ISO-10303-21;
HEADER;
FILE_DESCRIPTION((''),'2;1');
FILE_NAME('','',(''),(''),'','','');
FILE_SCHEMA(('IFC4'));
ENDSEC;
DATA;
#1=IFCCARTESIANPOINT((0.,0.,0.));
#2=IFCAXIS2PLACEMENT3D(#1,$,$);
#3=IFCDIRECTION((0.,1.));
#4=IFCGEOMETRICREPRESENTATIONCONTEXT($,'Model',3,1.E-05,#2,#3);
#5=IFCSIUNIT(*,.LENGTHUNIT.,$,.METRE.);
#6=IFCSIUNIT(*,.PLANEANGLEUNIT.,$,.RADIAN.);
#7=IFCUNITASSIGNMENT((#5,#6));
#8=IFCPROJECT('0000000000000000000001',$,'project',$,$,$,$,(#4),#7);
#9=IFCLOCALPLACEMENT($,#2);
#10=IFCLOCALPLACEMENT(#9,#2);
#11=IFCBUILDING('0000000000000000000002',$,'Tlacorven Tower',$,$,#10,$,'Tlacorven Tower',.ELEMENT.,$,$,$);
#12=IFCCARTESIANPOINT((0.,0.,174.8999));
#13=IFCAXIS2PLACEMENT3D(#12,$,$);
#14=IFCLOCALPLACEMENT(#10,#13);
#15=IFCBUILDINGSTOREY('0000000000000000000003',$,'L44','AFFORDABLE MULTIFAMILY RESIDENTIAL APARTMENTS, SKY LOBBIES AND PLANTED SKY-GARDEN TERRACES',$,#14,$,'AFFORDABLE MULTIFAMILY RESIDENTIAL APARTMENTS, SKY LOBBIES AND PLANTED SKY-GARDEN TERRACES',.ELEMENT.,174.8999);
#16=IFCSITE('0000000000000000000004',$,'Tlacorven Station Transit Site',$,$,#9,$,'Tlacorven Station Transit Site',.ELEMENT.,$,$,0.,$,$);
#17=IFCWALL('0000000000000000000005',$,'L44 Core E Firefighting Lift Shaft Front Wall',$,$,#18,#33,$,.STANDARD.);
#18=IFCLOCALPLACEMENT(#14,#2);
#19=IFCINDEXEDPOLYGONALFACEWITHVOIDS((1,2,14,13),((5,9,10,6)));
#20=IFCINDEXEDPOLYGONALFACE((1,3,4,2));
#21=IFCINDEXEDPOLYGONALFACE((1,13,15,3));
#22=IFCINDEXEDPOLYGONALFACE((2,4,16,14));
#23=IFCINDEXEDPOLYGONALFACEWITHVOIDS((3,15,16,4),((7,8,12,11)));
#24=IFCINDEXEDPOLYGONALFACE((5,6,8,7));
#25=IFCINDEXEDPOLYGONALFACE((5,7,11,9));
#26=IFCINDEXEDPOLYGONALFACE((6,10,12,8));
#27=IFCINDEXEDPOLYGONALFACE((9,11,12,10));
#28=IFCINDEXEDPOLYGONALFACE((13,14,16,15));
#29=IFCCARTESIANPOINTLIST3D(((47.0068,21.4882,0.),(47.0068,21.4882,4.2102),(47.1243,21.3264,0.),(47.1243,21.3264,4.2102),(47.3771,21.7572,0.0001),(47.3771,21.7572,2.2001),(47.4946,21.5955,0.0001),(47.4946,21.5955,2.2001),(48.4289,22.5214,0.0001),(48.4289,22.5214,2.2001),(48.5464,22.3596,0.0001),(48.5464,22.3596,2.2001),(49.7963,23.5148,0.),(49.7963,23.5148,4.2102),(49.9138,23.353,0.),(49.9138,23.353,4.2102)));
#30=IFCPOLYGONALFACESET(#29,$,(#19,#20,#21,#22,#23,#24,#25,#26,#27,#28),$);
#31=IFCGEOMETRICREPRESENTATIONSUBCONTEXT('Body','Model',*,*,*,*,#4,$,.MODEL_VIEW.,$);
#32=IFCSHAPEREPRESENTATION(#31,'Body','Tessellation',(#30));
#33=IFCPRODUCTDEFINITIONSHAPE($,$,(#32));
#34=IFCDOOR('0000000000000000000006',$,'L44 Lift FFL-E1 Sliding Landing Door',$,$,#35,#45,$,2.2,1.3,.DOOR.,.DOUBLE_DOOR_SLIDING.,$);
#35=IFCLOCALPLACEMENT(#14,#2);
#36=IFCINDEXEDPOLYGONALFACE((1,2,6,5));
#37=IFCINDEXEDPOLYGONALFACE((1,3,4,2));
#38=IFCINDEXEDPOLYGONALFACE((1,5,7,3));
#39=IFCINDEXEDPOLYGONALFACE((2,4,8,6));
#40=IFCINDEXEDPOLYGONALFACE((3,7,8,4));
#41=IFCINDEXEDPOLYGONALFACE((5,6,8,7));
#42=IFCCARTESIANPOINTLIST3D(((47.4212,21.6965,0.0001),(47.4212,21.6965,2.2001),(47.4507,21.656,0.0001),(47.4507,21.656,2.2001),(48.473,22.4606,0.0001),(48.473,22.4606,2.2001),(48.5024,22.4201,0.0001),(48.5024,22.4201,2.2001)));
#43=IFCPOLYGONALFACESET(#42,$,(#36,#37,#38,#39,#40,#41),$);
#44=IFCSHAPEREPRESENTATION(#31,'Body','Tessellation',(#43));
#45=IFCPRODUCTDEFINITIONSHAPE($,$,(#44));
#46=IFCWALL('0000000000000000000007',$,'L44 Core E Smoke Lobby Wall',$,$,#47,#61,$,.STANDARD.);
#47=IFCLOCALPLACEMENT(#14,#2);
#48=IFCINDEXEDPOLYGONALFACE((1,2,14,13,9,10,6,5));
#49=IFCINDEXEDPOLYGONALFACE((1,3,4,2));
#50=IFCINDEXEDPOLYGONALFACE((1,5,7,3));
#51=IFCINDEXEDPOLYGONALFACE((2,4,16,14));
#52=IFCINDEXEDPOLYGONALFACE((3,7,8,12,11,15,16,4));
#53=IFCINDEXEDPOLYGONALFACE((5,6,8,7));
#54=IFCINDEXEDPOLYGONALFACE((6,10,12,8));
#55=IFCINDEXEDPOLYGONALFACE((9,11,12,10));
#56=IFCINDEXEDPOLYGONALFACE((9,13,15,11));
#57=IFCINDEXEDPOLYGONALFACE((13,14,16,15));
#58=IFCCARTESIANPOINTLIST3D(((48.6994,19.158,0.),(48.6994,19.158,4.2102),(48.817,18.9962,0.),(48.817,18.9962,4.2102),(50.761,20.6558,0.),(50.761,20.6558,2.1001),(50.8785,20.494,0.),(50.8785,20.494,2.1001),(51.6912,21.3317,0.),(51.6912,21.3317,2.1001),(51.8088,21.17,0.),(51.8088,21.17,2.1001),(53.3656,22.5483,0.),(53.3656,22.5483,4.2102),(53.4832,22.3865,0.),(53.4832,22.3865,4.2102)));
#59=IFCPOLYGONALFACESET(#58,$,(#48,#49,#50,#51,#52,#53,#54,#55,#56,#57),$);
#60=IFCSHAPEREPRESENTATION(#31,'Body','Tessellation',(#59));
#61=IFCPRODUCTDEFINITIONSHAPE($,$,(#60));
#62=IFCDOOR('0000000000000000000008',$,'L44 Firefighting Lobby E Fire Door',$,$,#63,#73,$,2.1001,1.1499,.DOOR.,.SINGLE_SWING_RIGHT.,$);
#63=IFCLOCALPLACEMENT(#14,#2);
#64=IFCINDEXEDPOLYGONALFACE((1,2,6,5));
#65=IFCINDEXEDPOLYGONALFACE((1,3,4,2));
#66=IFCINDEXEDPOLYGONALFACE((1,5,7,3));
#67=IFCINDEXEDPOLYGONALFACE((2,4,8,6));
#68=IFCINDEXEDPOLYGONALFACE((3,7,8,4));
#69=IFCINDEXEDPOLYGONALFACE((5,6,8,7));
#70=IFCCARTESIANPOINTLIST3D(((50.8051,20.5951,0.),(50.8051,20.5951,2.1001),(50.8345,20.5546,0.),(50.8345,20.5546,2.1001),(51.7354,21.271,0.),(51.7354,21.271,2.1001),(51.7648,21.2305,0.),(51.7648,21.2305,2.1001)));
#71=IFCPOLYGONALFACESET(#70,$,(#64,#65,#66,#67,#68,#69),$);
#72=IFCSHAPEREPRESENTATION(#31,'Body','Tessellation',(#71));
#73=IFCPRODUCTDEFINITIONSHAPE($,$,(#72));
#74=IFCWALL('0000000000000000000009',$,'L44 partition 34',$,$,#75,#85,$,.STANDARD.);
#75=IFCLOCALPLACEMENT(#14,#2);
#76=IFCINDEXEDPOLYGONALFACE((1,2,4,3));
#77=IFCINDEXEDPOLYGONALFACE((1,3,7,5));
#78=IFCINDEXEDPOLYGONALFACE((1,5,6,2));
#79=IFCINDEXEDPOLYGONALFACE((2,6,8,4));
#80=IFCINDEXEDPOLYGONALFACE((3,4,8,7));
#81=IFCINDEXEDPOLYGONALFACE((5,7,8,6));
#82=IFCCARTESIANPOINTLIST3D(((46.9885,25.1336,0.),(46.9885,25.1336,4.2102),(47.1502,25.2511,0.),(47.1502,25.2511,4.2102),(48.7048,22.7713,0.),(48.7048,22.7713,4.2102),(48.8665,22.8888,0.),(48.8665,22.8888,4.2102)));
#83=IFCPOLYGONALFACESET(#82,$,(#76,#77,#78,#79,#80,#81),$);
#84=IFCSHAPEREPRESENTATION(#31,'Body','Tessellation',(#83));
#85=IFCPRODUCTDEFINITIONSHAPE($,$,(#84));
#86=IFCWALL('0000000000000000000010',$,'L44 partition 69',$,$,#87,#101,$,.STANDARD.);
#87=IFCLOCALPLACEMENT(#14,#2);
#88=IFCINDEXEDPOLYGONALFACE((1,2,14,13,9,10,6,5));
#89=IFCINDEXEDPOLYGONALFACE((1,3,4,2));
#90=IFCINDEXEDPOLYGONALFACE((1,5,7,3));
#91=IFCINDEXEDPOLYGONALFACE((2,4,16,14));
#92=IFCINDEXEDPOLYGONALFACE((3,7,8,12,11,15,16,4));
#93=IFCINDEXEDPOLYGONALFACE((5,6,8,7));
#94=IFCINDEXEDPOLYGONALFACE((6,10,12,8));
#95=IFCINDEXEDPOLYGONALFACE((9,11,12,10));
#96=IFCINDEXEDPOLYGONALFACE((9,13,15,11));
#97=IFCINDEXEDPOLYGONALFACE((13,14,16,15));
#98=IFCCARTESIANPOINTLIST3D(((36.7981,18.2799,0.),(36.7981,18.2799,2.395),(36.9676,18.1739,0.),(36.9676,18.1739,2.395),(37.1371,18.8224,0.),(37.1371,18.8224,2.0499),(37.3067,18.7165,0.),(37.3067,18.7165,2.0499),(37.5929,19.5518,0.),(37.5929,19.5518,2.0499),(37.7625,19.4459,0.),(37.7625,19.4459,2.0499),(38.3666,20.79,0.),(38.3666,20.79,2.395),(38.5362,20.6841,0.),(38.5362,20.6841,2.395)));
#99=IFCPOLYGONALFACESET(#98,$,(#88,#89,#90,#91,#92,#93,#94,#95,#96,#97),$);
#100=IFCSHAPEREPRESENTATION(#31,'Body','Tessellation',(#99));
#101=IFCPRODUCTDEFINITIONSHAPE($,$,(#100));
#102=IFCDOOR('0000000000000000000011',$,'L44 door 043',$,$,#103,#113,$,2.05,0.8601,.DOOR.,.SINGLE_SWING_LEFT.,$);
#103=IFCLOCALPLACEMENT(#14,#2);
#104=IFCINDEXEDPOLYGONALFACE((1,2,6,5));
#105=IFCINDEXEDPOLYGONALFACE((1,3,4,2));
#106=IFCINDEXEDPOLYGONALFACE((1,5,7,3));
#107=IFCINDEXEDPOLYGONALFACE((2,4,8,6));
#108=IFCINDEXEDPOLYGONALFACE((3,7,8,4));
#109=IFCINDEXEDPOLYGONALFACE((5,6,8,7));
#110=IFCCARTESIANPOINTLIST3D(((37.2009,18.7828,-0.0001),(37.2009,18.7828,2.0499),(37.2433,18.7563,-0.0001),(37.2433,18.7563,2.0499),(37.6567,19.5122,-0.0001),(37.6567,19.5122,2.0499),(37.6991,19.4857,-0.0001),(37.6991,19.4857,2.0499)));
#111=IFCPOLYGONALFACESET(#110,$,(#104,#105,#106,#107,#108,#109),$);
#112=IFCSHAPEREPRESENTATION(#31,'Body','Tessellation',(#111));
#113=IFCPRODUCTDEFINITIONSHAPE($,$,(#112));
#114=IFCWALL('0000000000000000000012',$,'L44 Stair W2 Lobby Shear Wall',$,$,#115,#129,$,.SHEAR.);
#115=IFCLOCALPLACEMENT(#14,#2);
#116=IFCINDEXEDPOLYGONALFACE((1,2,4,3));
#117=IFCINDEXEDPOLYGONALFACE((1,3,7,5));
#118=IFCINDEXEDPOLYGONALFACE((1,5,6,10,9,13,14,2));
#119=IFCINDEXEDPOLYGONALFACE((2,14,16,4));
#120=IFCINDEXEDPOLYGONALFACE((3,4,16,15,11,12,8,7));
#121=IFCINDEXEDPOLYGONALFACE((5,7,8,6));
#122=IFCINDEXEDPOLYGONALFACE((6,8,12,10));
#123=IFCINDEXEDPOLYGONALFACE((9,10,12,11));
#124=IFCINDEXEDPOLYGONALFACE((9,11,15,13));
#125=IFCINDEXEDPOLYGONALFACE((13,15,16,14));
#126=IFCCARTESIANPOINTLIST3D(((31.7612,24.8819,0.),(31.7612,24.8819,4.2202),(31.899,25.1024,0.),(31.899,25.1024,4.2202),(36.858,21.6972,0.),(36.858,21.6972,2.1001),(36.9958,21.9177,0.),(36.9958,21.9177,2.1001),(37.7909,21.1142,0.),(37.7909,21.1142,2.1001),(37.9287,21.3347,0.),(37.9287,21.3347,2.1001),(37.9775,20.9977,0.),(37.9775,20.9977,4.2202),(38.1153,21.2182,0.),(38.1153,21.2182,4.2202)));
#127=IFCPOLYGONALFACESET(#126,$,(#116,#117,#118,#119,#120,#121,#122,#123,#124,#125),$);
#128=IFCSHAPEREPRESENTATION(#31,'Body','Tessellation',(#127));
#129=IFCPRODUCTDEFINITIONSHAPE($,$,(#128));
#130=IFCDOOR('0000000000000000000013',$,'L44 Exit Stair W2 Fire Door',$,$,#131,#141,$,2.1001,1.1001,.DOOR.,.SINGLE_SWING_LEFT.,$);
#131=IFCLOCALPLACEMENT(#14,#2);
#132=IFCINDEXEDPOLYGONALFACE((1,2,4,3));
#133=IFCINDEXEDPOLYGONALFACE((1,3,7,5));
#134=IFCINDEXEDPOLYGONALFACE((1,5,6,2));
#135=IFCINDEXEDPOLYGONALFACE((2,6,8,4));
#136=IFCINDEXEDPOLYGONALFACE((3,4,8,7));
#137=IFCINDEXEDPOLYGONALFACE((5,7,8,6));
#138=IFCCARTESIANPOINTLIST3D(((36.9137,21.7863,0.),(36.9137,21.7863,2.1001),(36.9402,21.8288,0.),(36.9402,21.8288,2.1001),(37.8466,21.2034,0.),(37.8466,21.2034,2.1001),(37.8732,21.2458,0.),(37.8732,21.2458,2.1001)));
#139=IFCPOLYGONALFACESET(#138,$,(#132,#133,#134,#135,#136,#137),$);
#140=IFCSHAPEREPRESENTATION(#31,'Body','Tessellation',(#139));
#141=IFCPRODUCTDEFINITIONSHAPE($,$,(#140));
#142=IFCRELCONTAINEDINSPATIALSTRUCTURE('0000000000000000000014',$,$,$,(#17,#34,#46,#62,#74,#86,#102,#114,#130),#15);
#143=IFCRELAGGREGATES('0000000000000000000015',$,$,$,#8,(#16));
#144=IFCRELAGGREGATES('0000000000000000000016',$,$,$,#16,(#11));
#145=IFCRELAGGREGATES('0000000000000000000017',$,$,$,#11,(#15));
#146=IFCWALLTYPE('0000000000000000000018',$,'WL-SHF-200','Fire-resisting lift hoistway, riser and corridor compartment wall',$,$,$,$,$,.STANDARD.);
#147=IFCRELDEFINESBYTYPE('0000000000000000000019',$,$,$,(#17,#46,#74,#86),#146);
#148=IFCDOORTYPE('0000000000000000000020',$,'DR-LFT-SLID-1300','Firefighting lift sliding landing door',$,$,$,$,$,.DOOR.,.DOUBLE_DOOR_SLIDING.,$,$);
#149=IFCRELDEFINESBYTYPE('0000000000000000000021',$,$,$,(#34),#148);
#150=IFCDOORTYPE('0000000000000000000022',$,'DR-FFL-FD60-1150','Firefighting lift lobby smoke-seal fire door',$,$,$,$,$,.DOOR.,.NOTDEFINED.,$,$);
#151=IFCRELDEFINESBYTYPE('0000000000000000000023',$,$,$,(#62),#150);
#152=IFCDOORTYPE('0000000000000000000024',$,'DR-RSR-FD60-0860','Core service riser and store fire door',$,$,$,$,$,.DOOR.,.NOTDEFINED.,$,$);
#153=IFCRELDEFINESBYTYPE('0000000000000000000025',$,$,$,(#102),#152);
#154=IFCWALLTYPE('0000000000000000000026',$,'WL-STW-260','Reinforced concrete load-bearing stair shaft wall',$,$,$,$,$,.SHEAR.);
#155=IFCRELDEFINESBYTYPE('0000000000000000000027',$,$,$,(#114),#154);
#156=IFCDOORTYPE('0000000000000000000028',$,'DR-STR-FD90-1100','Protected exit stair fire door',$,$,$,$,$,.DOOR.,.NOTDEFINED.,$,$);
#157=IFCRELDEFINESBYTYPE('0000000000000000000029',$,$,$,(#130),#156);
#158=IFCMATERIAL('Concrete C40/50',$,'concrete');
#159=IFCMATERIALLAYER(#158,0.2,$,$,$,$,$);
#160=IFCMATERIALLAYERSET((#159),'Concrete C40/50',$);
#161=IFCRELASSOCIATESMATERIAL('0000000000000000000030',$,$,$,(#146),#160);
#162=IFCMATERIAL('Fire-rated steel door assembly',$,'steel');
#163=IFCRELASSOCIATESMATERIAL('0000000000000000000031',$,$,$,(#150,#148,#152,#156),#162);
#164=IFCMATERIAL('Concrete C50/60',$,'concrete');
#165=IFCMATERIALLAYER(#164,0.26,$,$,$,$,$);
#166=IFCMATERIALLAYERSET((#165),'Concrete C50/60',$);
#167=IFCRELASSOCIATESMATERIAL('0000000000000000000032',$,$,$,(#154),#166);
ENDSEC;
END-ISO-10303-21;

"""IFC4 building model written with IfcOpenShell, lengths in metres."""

from ifc_helpers import new_model, si_unit, direction, frame, frame_2d, origin, place, context, subcontext, project, spatial, rectangle, extrude, source, transform, mapped, material, layer, layer_set, type_object, element, fill, save


model = new_model("IFC4")

# Units and contexts
model_context = context("Model", 3, precision=1e-05, world=origin(), true_north=direction((0.0, 1.0)))
body_context = subcontext(model_context, "Body", "Model", "MODEL_VIEW")
ifc_project = project(units=[si_unit("LENGTHUNIT", "METRE"), si_unit("PLANEANGLEUNIT", "RADIAN")], contexts=[model_context])

# Site, building, storey
site_placement = place(None, origin())
site = spatial("IfcSite", under=ifc_project, at=site_placement, Name="Tlacorven Station Transit Site", LongName="Tlacorven Station Transit Site", CompositionType="ELEMENT", RefElevation=0.0)
building_placement = place(site_placement, origin())
building = spatial("IfcBuilding", under=site, at=building_placement, Name="Tlacorven Tower", LongName="Tlacorven Tower", CompositionType="ELEMENT")
storey_placement = place(building_placement, frame((0.0, 0.0, 174.8999)))
storey = spatial("IfcBuildingStorey", under=building, at=storey_placement, Name="L44", Description="AFFORDABLE MULTIFAMILY RESIDENTIAL APARTMENTS, SKY LOBBIES AND PLANTED SKY-GARDEN TERRACES", LongName="AFFORDABLE MULTIFAMILY RESIDENTIAL APARTMENTS, SKY LOBBIES AND PLANTED SKY-GARDEN TERRACES", CompositionType="ELEMENT", Elevation=174.8999)

# Shared definitions
ifc_material_1 = material(Name="Fire-rated steel door assembly", Category="steel")

# Walls, openings, doors
ifc_material_2 = material(Name="Concrete C40/50", Category="concrete")
ifc_layer_1 = layer(ifc_material_2, 0.2)
ifc_layer_set_1 = layer_set([ifc_layer_1], Name="Concrete C40/50")
wall_type_1 = type_object("IfcWallType", Name="WL-SHF-200", Description="Fire-resisting lift hoistway, riser and corridor compartment wall", PredefinedType="STANDARD", material=ifc_layer_set_1)
door_type_1 = type_object("IfcDoorType", Name="DR-FFL-FD60-1150", Description="Firefighting lift lobby smoke-seal fire door", OperationType="NOTDEFINED", PredefinedType="DOOR", material=ifc_material_1)
shared_shape_1 = source(origin(), body_context, "Body", "SweptSolid", [
    extrude(rectangle(XDim=1.1499, YDim=2.1001, at=frame_2d((0.575, 1.05))), frame((0.0, 0.0249, 0.0), z_axis=(0.0, -1.0, 0.0), x_axis=(1.0, 0.0, 0.0)), (0.0, 0.0, 1.0), 0.05),
])
wall_1_placement = place(storey_placement, frame((47.0654, 21.4072, 0.0), z_axis=(0.0, 0.0, 1.0), x_axis=(0.809033, 0.587763, 0.0)))
wall_1 = element("IfcWall", 1, at=wall_1_placement, inside=storey, type_object=wall_type_1, Name="L44 Core E Firefighting Lift Shaft Front Wall", PredefinedType="STANDARD", context=body_context, shape_type="SweptSolid", body=[
    extrude(rectangle(XDim=3.448, YDim=0.2, at=frame_2d((1.7241, 0.0))), origin(), (0.0, 0.0, 1.0), 4.2102),
])
opening_1_placement = place(wall_1_placement, frame((0.458, 0.0, 0.0)))
opening_1 = element("IfcOpeningElement", 2, at=opening_1_placement, cuts=wall_1, PredefinedType="OPENING", context=body_context, shape_type="SweptSolid", body=[
    extrude(rectangle(XDim=1.3, YDim=2.2, at=frame_2d((0.6499, 1.1001))), frame((0.0, 0.1099, 0.0), z_axis=(0.0, -1.0, 0.0), x_axis=(1.0, 0.0, 0.0)), (0.0, 0.0, 1.0), 0.22),
])
door_type_2 = type_object("IfcDoorType", Name="DR-LFT-SLID-1300", Description="Firefighting lift sliding landing door", OperationType="DOUBLE_DOOR_SLIDING", PredefinedType="DOOR", material=ifc_material_1)
shared_shape_2 = source(origin(), body_context, "Body", "SweptSolid", [
    extrude(rectangle(XDim=1.3, YDim=2.2, at=frame_2d((0.6499, 1.1001))), frame((0.0, 0.0249, 0.0), z_axis=(0.0, -1.0, 0.0), x_axis=(1.0, 0.0, 0.0)), (0.0, 0.0, 1.0), 0.05),
])
door_1_placement = place(opening_1_placement, origin())
door_1 = element("IfcDoor", 3, at=door_1_placement, inside=storey, type_object=door_type_2, Name="L44 Lift FFL-E1 Sliding Landing Door", OperationType="DOUBLE_DOOR_SLIDING", OverallHeight=2.2, OverallWidth=1.3, PredefinedType="DOOR", context=body_context, shape_type="MappedRepresentation", body=[
    mapped(shared_shape_2, transform((0.0, 0.0, 0.0), scale=1.0)),
])
fill(opening_1, door_1)
wall_2_placement = place(storey_placement, frame((48.7583, 19.0771, 0.0), z_axis=(0.0, 0.0, 1.0), x_axis=(0.809005, 0.587802, 0.0)))
wall_2 = element("IfcWall", 4, at=wall_2_placement, inside=storey, type_object=wall_type_1, Name="L44 Core E Smoke Lobby Wall", PredefinedType="STANDARD", context=body_context, shape_type="SweptSolid", body=[
    extrude(rectangle(XDim=5.7678, YDim=0.2, at=frame_2d((2.8838, 0.0))), origin(), (0.0, 0.0, 1.0), 4.2102),
])
opening_2_placement = place(wall_2_placement, frame((2.5481, 0.0, 0.0)))
opening_2 = element("IfcOpeningElement", 5, at=opening_2_placement, cuts=wall_2, PredefinedType="OPENING", context=body_context, shape_type="SweptSolid", body=[
    extrude(rectangle(XDim=1.1499, YDim=2.1001, at=frame_2d((0.575, 1.05))), frame((0.0, 0.1099, 0.0), z_axis=(0.0, -1.0, 0.0), x_axis=(1.0, 0.0, 0.0)), (0.0, 0.0, 1.0), 0.22),
])
door_2_placement = place(opening_2_placement, origin())
door_2 = element("IfcDoor", 6, at=door_2_placement, inside=storey, type_object=door_type_1, Name="L44 Firefighting Lobby E Fire Door", OperationType="SINGLE_SWING_RIGHT", OverallHeight=2.1001, OverallWidth=1.1499, PredefinedType="DOOR", context=body_context, shape_type="MappedRepresentation", body=[
    mapped(shared_shape_1, transform((0.0, 0.0, 0.0), scale=1.0)),
])
fill(opening_2, door_2)

# Wall
wall_3_placement = place(storey_placement, frame((48.7856, 22.8301, 0.0), z_axis=(0.0, 0.0, 1.0), x_axis=(-0.587784, 0.809018, 0.0)))
element("IfcWall", 7, at=wall_3_placement, inside=storey, type_object=wall_type_1, Name="L44 partition 34", PredefinedType="STANDARD", context=body_context, shape_type="SweptSolid", body=[
    extrude(rectangle(XDim=2.9199, YDim=0.2, at=frame_2d((1.46, 0.0))), origin(), (0.0, 0.0, 1.0), 4.2102),
])

# Walls, openings, doors
wall_4_placement = place(storey_placement, frame((38.4514, 20.7371, 0.0), z_axis=(0.0, 0.0, 1.0), x_axis=(-0.529925, -0.848045, 0.0)))
wall_4 = element("IfcWall", 8, at=wall_4_placement, inside=storey, type_object=wall_type_1, Name="L44 partition 69", PredefinedType="STANDARD", context=body_context, shape_type="SweptSolid", body=[
    extrude(rectangle(XDim=2.96, YDim=0.2, at=frame_2d((1.48, 0.0))), origin(), (0.0, 0.0, 1.0), 2.395),
])
opening_3_placement = place(wall_4_placement, frame((1.46, 0.0, 0.0)))
opening_3 = element("IfcOpeningElement", 9, at=opening_3_placement, cuts=wall_4, PredefinedType="OPENING", context=body_context, shape_type="SweptSolid", body=[
    extrude(rectangle(XDim=0.8601, YDim=2.05, at=frame_2d((0.4302, 1.0249))), frame((0.0, 0.1099, 0.0), z_axis=(0.0, -1.0, 0.0), x_axis=(1.0, 0.0, 0.0)), (0.0, 0.0, 1.0), 0.22),
])
door_type_3 = type_object("IfcDoorType", Name="DR-RSR-FD60-0860", Description="Core service riser and store fire door", OperationType="NOTDEFINED", PredefinedType="DOOR", material=ifc_material_1)
shared_shape_3 = source(origin(), body_context, "Body", "SweptSolid", [
    extrude(rectangle(XDim=0.8601, YDim=2.05, at=frame_2d((0.4302, 1.0249))), frame((0.0, 0.0249, 0.0), z_axis=(0.0, -1.0, 0.0), x_axis=(1.0, 0.0, 0.0)), (0.0, 0.0, 1.0), 0.05),
])
door_3_placement = place(opening_3_placement, frame((0.8601, 0.0, 0.0), z_axis=(0.0, 0.0, 1.0), x_axis=(-1.0, 0.0, 0.0)))
door_3 = element("IfcDoor", 10, at=door_3_placement, inside=storey, type_object=door_type_3, Name="L44 door 043", OperationType="SINGLE_SWING_LEFT", OverallHeight=2.05, OverallWidth=0.8601, PredefinedType="DOOR", context=body_context, shape_type="MappedRepresentation", body=[
    mapped(shared_shape_3, transform((0.0, 0.0, 0.0), scale=1.0)),
])
fill(opening_3, door_3)
ifc_material_3 = material(Name="Concrete C50/60", Category="concrete")
ifc_layer_2 = layer(ifc_material_3, 0.26)
ifc_layer_set_2 = layer_set([ifc_layer_2], Name="Concrete C50/60")
wall_type_2 = type_object("IfcWallType", Name="WL-STW-260", Description="Reinforced concrete load-bearing stair shaft wall", PredefinedType="SHEAR", material=ifc_layer_set_2)
wall_5_placement = place(storey_placement, frame((38.0464, 21.1079, 0.0), z_axis=(0.0, 0.0, 1.0), x_axis=(-0.848054, 0.529909, 0.0)))
wall_5 = element("IfcWall", 11, at=wall_5_placement, inside=storey, type_object=wall_type_2, Name="L44 Stair W2 Lobby Shear Wall", PredefinedType="SHEAR", context=body_context, shape_type="SweptSolid", body=[
    extrude(rectangle(XDim=7.3301, YDim=0.26, at=frame_2d((3.665, 0.0))), origin(), (0.0, 0.0, 1.0), 4.2202),
])
opening_4_placement = place(wall_5_placement, frame((0.22, 0.0, 0.0)))
opening_4 = element("IfcOpeningElement", 12, at=opening_4_placement, cuts=wall_5, PredefinedType="OPENING", context=body_context, shape_type="SweptSolid", body=[
    extrude(rectangle(XDim=1.1001, YDim=2.1001, at=frame_2d((0.55, 1.05))), frame((0.0, 0.1401, 0.0), z_axis=(0.0, -1.0, 0.0), x_axis=(1.0, 0.0, 0.0)), (0.0, 0.0, 1.0), 0.28),
])
door_type_4 = type_object("IfcDoorType", Name="DR-STR-FD90-1100", Description="Protected exit stair fire door", OperationType="NOTDEFINED", PredefinedType="DOOR", material=ifc_material_1)
shared_shape_4 = source(origin(), body_context, "Body", "SweptSolid", [
    extrude(rectangle(XDim=1.1001, YDim=2.1001, at=frame_2d((0.55, 1.05))), frame((0.0, 0.0249, 0.0), z_axis=(0.0, -1.0, 0.0), x_axis=(1.0, 0.0, 0.0)), (0.0, 0.0, 1.0), 0.05),
])
door_4_placement = place(opening_4_placement, origin())
door_4 = element("IfcDoor", 13, at=door_4_placement, inside=storey, type_object=door_type_4, Name="L44 Exit Stair W2 Fire Door", OperationType="SINGLE_SWING_LEFT", OverallHeight=2.1001, OverallWidth=1.1001, PredefinedType="DOOR", context=body_context, shape_type="MappedRepresentation", body=[
    mapped(shared_shape_4, transform((0.0, 0.0, 0.0), scale=1.0)),
])
fill(opening_4, door_4)

save(model, "model.ifc")
